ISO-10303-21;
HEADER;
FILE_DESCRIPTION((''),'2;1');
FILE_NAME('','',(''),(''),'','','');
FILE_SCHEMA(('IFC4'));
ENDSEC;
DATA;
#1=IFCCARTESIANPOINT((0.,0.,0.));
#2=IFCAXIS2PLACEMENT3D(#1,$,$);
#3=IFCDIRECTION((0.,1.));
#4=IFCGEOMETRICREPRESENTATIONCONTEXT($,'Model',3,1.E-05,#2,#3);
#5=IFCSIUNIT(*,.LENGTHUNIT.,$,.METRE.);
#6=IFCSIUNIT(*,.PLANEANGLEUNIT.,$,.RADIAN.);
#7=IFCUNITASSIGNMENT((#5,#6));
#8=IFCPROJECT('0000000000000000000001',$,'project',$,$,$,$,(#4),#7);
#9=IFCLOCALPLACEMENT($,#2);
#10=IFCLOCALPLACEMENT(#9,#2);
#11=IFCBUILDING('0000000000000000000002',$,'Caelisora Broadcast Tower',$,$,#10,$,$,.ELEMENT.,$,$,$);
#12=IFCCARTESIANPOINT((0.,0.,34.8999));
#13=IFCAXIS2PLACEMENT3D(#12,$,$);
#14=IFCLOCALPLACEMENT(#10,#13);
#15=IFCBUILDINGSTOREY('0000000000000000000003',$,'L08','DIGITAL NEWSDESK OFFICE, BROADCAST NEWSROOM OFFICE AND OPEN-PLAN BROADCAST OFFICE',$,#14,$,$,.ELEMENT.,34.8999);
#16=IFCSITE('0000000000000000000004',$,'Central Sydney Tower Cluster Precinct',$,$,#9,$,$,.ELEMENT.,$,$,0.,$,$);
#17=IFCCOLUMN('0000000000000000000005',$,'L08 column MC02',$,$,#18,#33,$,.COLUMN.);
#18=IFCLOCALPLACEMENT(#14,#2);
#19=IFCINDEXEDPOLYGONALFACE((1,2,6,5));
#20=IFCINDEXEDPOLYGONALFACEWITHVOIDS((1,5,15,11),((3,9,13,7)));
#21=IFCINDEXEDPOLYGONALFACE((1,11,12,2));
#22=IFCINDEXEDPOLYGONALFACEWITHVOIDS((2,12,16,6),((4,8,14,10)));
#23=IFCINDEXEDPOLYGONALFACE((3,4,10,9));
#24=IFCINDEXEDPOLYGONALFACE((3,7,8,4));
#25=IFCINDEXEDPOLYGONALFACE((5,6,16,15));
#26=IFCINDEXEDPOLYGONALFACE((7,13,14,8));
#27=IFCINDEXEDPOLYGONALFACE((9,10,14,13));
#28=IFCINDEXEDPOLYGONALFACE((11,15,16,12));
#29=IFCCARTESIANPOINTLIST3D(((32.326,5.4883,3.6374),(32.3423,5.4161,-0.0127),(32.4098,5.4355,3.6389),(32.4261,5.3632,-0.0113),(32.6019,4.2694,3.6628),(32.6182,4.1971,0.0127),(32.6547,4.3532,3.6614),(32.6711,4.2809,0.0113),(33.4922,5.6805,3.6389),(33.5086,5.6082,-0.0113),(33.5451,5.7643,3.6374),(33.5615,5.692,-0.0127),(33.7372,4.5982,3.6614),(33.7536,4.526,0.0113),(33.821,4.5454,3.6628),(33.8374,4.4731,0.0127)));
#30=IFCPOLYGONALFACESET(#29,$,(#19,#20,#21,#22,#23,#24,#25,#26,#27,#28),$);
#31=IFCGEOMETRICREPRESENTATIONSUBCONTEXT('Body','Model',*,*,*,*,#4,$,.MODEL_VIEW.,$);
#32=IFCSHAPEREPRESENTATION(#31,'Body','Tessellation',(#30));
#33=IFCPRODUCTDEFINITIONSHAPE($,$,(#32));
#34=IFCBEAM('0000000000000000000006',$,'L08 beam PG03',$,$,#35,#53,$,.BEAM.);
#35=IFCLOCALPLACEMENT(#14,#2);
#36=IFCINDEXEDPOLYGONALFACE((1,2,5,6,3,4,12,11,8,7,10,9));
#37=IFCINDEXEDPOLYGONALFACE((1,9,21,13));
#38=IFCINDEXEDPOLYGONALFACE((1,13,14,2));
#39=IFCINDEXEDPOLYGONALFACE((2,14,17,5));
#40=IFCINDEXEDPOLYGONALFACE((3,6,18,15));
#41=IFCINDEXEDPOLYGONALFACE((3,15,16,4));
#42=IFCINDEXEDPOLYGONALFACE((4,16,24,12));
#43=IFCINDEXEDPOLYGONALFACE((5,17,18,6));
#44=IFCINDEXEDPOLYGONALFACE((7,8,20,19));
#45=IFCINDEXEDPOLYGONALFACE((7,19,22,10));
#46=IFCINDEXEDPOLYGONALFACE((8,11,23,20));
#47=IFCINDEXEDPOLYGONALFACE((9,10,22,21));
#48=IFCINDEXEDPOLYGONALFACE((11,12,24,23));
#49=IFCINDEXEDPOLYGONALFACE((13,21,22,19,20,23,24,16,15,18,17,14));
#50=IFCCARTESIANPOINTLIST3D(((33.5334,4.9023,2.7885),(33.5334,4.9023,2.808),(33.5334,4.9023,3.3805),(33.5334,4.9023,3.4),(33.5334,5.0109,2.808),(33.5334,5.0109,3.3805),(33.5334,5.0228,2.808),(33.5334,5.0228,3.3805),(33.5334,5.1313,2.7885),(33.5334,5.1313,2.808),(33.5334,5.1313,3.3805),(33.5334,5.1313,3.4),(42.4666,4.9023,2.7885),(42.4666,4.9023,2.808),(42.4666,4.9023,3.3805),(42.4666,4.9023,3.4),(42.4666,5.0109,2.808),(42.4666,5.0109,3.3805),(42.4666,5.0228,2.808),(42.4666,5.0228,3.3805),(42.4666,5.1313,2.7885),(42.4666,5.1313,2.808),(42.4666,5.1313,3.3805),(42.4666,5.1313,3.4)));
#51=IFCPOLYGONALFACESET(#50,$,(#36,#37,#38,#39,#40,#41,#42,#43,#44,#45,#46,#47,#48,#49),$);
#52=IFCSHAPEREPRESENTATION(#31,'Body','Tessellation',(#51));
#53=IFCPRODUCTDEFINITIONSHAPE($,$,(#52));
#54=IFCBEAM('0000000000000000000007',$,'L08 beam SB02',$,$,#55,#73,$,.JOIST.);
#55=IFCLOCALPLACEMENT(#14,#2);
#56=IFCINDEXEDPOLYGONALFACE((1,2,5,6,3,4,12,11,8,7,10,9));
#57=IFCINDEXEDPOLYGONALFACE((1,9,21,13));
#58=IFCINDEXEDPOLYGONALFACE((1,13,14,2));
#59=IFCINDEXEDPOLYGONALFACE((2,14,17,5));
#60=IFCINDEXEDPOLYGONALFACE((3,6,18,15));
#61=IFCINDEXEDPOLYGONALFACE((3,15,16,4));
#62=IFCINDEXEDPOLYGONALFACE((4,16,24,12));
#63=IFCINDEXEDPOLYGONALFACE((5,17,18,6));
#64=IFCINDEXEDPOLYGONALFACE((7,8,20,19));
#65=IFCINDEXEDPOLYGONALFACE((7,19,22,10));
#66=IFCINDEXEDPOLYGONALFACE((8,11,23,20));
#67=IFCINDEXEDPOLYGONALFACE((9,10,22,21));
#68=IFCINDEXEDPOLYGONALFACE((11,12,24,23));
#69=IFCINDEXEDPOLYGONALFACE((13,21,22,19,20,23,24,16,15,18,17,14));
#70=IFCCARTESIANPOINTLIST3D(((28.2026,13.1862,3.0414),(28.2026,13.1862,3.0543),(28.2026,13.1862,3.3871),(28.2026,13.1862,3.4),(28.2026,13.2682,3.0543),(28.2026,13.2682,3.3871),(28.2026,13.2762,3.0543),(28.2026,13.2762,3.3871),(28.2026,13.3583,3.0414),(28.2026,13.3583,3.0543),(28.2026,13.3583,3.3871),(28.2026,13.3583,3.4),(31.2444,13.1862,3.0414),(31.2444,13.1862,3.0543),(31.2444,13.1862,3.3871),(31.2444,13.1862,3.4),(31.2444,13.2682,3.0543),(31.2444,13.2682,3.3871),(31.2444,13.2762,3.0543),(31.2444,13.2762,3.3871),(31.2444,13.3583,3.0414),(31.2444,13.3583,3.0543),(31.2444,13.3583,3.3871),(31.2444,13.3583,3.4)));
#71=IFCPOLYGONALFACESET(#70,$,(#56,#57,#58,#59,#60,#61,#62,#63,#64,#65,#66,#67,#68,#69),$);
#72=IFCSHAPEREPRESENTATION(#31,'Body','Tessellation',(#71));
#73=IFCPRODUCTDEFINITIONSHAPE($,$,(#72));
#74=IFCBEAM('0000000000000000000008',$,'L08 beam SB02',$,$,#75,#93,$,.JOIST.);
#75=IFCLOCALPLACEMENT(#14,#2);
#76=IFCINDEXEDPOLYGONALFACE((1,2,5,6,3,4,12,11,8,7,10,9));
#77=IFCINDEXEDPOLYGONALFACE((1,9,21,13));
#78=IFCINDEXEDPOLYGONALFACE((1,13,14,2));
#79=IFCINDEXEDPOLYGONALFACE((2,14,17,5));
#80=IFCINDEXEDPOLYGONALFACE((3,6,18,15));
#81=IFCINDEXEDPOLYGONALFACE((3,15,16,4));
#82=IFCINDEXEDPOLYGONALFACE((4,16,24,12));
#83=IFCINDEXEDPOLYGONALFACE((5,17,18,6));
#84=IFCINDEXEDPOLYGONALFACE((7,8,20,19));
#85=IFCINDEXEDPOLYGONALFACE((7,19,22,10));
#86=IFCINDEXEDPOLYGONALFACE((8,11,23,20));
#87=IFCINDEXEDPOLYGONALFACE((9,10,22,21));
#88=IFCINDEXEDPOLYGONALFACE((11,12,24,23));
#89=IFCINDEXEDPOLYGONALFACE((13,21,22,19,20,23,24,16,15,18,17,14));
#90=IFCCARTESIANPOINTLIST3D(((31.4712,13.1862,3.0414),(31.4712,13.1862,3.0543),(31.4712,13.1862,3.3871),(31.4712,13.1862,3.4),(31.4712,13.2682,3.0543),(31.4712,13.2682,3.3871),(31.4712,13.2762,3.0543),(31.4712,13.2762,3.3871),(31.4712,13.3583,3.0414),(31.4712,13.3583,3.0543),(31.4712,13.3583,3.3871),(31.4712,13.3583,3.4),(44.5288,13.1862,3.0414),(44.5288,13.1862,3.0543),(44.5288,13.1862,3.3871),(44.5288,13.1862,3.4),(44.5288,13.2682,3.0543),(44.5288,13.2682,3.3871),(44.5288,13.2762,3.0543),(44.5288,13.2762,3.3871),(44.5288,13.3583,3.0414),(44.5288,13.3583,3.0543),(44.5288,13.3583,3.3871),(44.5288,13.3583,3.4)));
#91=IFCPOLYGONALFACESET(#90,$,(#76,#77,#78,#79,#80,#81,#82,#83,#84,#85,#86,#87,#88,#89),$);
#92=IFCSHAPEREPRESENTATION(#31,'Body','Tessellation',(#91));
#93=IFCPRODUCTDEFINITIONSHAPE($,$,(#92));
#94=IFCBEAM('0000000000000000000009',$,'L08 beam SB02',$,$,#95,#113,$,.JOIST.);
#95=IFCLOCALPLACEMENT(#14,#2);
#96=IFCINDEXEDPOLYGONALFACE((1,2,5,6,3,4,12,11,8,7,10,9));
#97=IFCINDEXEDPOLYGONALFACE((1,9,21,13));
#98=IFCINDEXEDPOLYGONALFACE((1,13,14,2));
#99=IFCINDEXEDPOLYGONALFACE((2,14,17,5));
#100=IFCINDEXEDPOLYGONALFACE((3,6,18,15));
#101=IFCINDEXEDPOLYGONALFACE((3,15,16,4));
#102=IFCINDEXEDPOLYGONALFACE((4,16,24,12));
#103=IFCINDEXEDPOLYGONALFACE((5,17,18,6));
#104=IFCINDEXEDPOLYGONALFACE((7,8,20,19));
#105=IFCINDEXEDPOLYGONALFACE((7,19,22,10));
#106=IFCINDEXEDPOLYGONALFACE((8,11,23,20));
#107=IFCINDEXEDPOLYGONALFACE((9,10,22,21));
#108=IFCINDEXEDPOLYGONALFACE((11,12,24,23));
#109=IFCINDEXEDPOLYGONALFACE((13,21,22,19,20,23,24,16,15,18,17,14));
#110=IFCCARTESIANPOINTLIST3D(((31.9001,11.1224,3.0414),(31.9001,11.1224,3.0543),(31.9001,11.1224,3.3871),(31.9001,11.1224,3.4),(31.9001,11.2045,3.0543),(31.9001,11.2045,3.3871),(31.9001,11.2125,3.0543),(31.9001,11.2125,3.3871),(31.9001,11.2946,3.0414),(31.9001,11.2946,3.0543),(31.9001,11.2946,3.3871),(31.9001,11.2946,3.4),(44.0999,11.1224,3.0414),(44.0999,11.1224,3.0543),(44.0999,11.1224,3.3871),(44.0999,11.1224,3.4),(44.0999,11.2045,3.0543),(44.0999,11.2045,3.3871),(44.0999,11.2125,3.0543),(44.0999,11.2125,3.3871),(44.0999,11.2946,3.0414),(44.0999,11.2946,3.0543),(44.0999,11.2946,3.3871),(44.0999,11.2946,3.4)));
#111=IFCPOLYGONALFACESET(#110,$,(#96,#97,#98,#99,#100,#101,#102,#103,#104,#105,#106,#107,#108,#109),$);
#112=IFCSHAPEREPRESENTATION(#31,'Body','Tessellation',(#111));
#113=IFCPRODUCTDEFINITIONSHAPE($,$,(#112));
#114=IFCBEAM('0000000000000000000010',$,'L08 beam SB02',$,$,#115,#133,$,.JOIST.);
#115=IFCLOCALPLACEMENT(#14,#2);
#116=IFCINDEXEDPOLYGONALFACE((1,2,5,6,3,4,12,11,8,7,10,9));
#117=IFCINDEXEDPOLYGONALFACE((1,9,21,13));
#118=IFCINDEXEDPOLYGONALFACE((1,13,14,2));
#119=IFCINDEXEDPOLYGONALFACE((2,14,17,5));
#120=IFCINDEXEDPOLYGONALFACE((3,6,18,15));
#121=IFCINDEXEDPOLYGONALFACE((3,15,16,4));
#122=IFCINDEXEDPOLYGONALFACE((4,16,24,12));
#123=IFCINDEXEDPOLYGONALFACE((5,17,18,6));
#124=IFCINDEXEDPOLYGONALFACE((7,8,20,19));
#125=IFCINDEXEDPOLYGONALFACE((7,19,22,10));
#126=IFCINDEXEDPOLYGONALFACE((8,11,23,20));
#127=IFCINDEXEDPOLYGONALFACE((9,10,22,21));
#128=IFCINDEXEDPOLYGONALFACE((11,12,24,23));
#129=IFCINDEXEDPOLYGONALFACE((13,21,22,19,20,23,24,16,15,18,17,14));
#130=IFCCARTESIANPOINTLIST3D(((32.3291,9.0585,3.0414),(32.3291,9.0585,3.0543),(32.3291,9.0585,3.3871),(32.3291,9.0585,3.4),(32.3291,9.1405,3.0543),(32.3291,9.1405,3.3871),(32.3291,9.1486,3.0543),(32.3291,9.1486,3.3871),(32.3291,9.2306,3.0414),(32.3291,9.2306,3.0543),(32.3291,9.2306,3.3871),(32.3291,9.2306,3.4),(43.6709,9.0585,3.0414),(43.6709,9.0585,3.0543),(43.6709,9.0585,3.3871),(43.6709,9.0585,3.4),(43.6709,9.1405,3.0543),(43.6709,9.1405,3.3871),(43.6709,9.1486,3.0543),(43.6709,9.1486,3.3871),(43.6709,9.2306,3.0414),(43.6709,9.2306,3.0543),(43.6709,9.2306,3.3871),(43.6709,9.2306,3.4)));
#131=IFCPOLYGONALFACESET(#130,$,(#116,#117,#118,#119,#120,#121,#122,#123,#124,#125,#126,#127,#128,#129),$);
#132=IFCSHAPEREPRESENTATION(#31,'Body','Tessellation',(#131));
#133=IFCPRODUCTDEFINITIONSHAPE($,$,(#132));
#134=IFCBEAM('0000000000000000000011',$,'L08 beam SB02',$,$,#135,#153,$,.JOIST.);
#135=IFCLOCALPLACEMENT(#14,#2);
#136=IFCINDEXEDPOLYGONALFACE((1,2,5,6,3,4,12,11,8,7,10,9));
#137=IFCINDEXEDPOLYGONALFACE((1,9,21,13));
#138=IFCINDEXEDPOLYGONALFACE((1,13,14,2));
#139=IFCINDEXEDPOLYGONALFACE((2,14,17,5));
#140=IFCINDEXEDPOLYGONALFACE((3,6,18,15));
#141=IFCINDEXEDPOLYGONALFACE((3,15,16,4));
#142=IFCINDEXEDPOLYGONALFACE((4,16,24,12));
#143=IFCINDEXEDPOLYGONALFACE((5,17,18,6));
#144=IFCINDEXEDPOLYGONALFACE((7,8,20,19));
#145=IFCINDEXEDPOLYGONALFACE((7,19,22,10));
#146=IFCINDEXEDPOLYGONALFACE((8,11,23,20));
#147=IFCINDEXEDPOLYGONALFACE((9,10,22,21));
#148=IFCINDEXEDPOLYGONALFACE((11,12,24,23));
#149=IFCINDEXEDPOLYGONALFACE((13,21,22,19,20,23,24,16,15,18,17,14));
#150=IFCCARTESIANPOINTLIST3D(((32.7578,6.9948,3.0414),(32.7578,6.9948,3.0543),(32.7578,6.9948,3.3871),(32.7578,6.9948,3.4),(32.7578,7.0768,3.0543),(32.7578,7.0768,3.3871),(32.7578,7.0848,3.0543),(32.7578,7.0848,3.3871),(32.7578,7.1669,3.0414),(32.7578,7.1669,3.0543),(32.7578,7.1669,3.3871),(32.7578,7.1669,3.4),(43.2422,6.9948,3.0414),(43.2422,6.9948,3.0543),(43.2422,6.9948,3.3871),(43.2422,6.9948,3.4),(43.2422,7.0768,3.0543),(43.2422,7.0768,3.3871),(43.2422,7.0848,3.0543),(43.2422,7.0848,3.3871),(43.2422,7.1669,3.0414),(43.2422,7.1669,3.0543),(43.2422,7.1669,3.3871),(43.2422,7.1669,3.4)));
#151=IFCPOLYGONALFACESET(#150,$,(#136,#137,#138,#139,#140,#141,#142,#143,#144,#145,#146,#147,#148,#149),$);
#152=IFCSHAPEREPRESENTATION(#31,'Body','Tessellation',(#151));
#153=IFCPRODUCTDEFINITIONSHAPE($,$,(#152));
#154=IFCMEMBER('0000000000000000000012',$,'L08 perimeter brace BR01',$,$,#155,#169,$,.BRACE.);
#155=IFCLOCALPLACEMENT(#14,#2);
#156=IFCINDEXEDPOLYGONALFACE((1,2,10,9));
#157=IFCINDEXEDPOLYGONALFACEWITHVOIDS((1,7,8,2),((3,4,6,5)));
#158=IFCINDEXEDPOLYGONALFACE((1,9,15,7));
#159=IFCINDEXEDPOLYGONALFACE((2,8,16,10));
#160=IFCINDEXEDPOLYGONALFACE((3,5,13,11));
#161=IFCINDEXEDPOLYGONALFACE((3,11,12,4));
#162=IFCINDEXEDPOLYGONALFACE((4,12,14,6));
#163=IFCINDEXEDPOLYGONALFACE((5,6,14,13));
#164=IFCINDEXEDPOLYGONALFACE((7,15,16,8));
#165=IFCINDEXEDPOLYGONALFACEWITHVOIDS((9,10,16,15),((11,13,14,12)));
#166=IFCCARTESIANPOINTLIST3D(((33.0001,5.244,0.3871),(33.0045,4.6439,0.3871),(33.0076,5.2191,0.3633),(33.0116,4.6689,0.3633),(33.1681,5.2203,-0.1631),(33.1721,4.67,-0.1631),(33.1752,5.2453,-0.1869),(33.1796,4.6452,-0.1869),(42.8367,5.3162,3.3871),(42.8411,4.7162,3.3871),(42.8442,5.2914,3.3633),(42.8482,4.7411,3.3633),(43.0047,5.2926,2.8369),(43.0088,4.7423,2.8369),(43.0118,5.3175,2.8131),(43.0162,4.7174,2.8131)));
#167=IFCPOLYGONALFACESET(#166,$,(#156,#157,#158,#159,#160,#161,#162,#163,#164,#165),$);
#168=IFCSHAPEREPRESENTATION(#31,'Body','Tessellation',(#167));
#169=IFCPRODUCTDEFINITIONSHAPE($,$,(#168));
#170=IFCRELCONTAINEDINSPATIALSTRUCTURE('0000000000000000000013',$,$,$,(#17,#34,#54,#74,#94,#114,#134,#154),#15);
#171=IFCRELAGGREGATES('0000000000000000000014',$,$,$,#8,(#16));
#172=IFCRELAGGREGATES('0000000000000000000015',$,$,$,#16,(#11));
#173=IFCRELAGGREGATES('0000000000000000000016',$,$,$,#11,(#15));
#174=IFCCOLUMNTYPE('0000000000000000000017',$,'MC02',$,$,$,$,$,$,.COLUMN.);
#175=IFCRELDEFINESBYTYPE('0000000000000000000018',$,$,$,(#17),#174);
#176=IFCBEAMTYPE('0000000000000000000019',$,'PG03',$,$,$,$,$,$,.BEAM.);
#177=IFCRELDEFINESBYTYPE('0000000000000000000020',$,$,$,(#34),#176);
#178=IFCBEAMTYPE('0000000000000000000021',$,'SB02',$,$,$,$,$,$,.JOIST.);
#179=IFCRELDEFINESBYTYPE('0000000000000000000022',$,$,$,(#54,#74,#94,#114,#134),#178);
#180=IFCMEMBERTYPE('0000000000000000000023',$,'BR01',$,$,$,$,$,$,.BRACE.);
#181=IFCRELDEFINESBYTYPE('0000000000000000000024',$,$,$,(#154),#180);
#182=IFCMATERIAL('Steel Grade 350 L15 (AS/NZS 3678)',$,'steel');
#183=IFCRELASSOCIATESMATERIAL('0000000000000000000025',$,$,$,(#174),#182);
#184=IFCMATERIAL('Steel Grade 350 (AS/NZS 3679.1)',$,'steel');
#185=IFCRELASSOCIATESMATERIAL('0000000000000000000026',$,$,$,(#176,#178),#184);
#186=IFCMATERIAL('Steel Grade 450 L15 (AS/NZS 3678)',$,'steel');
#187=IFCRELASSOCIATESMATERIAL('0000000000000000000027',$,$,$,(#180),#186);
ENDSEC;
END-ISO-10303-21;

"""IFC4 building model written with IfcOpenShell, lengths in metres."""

from ifc_helpers import new_model, si_unit, direction, frame, origin, origin_2d, place, context, subcontext, project, spatial, hollow_rectangle, i_section, extrude, source, transform, mapped, material, material_profile, profile_set, type_object, type_shapes, element, save


model = new_model("IFC4")

# Units and contexts
model_context = context("Model", 3, precision=1e-05, world=origin(), true_north=direction((0.0, 1.0)))
body_context = subcontext(model_context, "Body", "Model", "MODEL_VIEW")
ifc_project = project(units=[si_unit("LENGTHUNIT", "METRE"), si_unit("PLANEANGLEUNIT", "RADIAN")], contexts=[model_context])

# Site, building, storey
site_placement = place(None, origin())
site = spatial("IfcSite", under=ifc_project, at=site_placement, Name="Central Sydney Tower Cluster Precinct", CompositionType="ELEMENT", RefElevation=0.0)
building_placement = place(site_placement, origin())
building = spatial("IfcBuilding", under=site, at=building_placement, Name="Caelisora Broadcast Tower", CompositionType="ELEMENT")
storey_placement = place(building_placement, frame((0.0, 0.0, 34.8999)))
storey = spatial("IfcBuildingStorey", under=building, at=storey_placement, Name="L08", Description="DIGITAL NEWSDESK OFFICE, BROADCAST NEWSROOM OFFICE AND OPEN-PLAN BROADCAST OFFICE", CompositionType="ELEMENT", Elevation=34.8999)

# Column
ifc_material_1 = material(Name="Steel Grade 350 L15 (AS/NZS 3678)", Category="steel")
ifc_material_profile_1 = material_profile(ifc_material_1, hollow_rectangle(XDim=1.25, YDim=1.25, WallThickness=0.0701, at=origin_2d()), Name="Steel Grade 350 L15 (AS/NZS 3678)")
ifc_profile_set_1 = profile_set([ifc_material_profile_1], Name="Steel Grade 350 L15 (AS/NZS 3678)")
column_type = type_object("IfcColumnType", Name="MC02", PredefinedType="COLUMN", material=ifc_profile_set_1)
shared_shape_1 = source(origin(), body_context, "Body", "SweptSolid", [
    extrude(hollow_rectangle(XDim=1.25, YDim=1.25, WallThickness=0.0701, at=origin_2d()), origin(), (0.0, 0.0, 1.0), 3.6509),
])
type_shapes(column_type, [shared_shape_1])
column_placement = place(storey_placement, frame((33.0898, 4.9446, 0.0), z_axis=(-0.00448, 0.019794, 0.999794), x_axis=(-0.975327, -0.220767, 0.0)))
element("IfcColumn", 1, at=column_placement, inside=storey, type_object=column_type, Name="L08 column MC02", PredefinedType="COLUMN", context=body_context, shape_type="MappedRepresentation", body=[
    mapped(shared_shape_1, transform((0.0, 0.0, 0.0), scale=1.0)),
])

# Beams
ifc_material_2 = material(Name="Steel Grade 350 (AS/NZS 3679.1)", Category="steel")
ifc_material_profile_2 = material_profile(ifc_material_2, i_section(OverallWidth=0.229, OverallDepth=0.6116, WebThickness=0.012, FlangeThickness=0.0195, at=origin_2d()), Name="Steel Grade 350 (AS/NZS 3679.1)")
ifc_profile_set_2 = profile_set([ifc_material_profile_2], Name="Steel Grade 350 (AS/NZS 3679.1)")
beam_type_1 = type_object("IfcBeamType", Name="PG03", PredefinedType="BEAM", material=ifc_profile_set_2)
shared_shape_2 = source(origin(), body_context, "Body", "SweptSolid", [
    extrude(i_section(OverallWidth=0.229, OverallDepth=0.6116, WebThickness=0.012, FlangeThickness=0.0195, at=origin_2d()), origin(), (0.0, 0.0, 1.0), 8.9331),
])
type_shapes(beam_type_1, [shared_shape_2])
beam_1_placement = place(storey_placement, frame((33.5334, 5.0168, 3.0942), z_axis=(1.0, 0.0, 0.0), x_axis=(0.0, 1.0, 0.0)))
element("IfcBeam", 2, at=beam_1_placement, inside=storey, type_object=beam_type_1, Name="L08 beam PG03", PredefinedType="BEAM", context=body_context, shape_type="MappedRepresentation", body=[
    mapped(shared_shape_2, transform((0.0, 0.0, 0.0), scale=1.0)),
])
ifc_material_profile_3 = material_profile(ifc_material_2, i_section(OverallWidth=0.1721, OverallDepth=0.3586, WebThickness=0.0081, FlangeThickness=0.0129, at=origin_2d()), Name="Steel Grade 350 (AS/NZS 3679.1)")
ifc_profile_set_3 = profile_set([ifc_material_profile_3], Name="Steel Grade 350 (AS/NZS 3679.1)")
beam_type_2 = type_object("IfcBeamType", Name="SB02", PredefinedType="JOIST", material=ifc_profile_set_3)
shared_shape_3 = source(origin(), body_context, "Body", "SweptSolid", [
    extrude(i_section(OverallWidth=0.1721, OverallDepth=0.3586, WebThickness=0.0081, FlangeThickness=0.0129, at=origin_2d()), origin(), (0.0, 0.0, 1.0), 3.0417),
])
beam_2_placement = place(storey_placement, frame((28.2026, 13.2722, 3.2207), z_axis=(1.0, 0.0, 0.0), x_axis=(0.0, 1.0, 0.0)))
element("IfcBeam", 3, at=beam_2_placement, inside=storey, type_object=beam_type_2, Name="L08 beam SB02", PredefinedType="JOIST", context=body_context, shape_type="MappedRepresentation", body=[
    mapped(shared_shape_3, transform((0.0, 0.0, 0.0), scale=1.0)),
])
shared_shape_4 = source(origin(), body_context, "Body", "SweptSolid", [
    extrude(i_section(OverallWidth=0.1721, OverallDepth=0.3586, WebThickness=0.0081, FlangeThickness=0.0129, at=origin_2d()), origin(), (0.0, 0.0, 1.0), 13.0576),
])
beam_3_placement = place(storey_placement, frame((31.4712, 13.2722, 3.2207), z_axis=(1.0, 0.0, 0.0), x_axis=(0.0, 1.0, 0.0)))
element("IfcBeam", 4, at=beam_3_placement, inside=storey, type_object=beam_type_2, Name="L08 beam SB02", PredefinedType="JOIST", context=body_context, shape_type="MappedRepresentation", body=[
    mapped(shared_shape_4, transform((0.0, 0.0, 0.0), scale=1.0)),
])
shared_shape_5 = source(origin(), body_context, "Body", "SweptSolid", [
    extrude(i_section(OverallWidth=0.1721, OverallDepth=0.3586, WebThickness=0.0081, FlangeThickness=0.0129, at=origin_2d()), origin(), (0.0, 0.0, 1.0), 12.1997),
])
beam_4_placement = place(storey_placement, frame((31.9001, 11.2085, 3.2207), z_axis=(1.0, 0.0, 0.0), x_axis=(0.0, 1.0, 0.0)))
element("IfcBeam", 5, at=beam_4_placement, inside=storey, type_object=beam_type_2, Name="L08 beam SB02", PredefinedType="JOIST", context=body_context, shape_type="MappedRepresentation", body=[
    mapped(shared_shape_5, transform((0.0, 0.0, 0.0), scale=1.0)),
])
shared_shape_6 = source(origin(), body_context, "Body", "SweptSolid", [
    extrude(i_section(OverallWidth=0.1721, OverallDepth=0.3586, WebThickness=0.0081, FlangeThickness=0.0129, at=origin_2d()), origin(), (0.0, 0.0, 1.0), 11.3418),
])
beam_5_placement = place(storey_placement, frame((32.3291, 9.1445, 3.2207), z_axis=(1.0, 0.0, 0.0), x_axis=(0.0, 1.0, 0.0)))
element("IfcBeam", 6, at=beam_5_placement, inside=storey, type_object=beam_type_2, Name="L08 beam SB02", PredefinedType="JOIST", context=body_context, shape_type="MappedRepresentation", body=[
    mapped(shared_shape_6, transform((0.0, 0.0, 0.0), scale=1.0)),
])
shared_shape_7 = source(origin(), body_context, "Body", "SweptSolid", [
    extrude(i_section(OverallWidth=0.1721, OverallDepth=0.3586, WebThickness=0.0081, FlangeThickness=0.0129, at=origin_2d()), origin(), (0.0, 0.0, 1.0), 10.4844),
])
type_shapes(beam_type_2, [shared_shape_3, shared_shape_4, shared_shape_5, shared_shape_6, shared_shape_7])
beam_6_placement = place(storey_placement, frame((32.7578, 7.0808, 3.2207), z_axis=(1.0, 0.0, 0.0), x_axis=(0.0, 1.0, 0.0)))
element("IfcBeam", 7, at=beam_6_placement, inside=storey, type_object=beam_type_2, Name="L08 beam SB02", PredefinedType="JOIST", context=body_context, shape_type="MappedRepresentation", body=[
    mapped(shared_shape_7, transform((0.0, 0.0, 0.0), scale=1.0)),
])

# Member
ifc_material_3 = material(Name="Steel Grade 450 L15 (AS/NZS 3678)", Category="steel")
ifc_material_profile_4 = material_profile(ifc_material_3, hollow_rectangle(XDim=0.6001, YDim=0.6001, WallThickness=0.0249, at=origin_2d()), Name="Steel Grade 450 L15 (AS/NZS 3678)")
ifc_profile_set_4 = profile_set([ifc_material_profile_4], Name="Steel Grade 450 L15 (AS/NZS 3678)")
member_type_1 = type_object("IfcMemberType", Name="BR01", PredefinedType="BRACE", material=ifc_profile_set_4)
shared_shape_8 = source(origin(), body_context, "Body", "SweptSolid", [
    extrude(hollow_rectangle(XDim=0.6001, YDim=0.6001, WallThickness=0.0249, at=origin_2d()), origin(), (0.0, 0.0, 1.0), 10.2842),
])
type_shapes(member_type_1, [shared_shape_8])
member_1_placement = place(storey_placement, frame((33.0898, 4.9446, 0.1001), z_axis=(0.956481, 0.007027, 0.291709), x_axis=(-0.007346, 0.999973, 0.0)))
element("IfcMember", 8, at=member_1_placement, inside=storey, type_object=member_type_1, Name="L08 perimeter brace BR01", PredefinedType="BRACE", context=body_context, shape_type="MappedRepresentation", body=[
    mapped(shared_shape_8, transform((0.0, 0.0, 0.0), scale=1.0)),
])

save(model, "model.ifc")
